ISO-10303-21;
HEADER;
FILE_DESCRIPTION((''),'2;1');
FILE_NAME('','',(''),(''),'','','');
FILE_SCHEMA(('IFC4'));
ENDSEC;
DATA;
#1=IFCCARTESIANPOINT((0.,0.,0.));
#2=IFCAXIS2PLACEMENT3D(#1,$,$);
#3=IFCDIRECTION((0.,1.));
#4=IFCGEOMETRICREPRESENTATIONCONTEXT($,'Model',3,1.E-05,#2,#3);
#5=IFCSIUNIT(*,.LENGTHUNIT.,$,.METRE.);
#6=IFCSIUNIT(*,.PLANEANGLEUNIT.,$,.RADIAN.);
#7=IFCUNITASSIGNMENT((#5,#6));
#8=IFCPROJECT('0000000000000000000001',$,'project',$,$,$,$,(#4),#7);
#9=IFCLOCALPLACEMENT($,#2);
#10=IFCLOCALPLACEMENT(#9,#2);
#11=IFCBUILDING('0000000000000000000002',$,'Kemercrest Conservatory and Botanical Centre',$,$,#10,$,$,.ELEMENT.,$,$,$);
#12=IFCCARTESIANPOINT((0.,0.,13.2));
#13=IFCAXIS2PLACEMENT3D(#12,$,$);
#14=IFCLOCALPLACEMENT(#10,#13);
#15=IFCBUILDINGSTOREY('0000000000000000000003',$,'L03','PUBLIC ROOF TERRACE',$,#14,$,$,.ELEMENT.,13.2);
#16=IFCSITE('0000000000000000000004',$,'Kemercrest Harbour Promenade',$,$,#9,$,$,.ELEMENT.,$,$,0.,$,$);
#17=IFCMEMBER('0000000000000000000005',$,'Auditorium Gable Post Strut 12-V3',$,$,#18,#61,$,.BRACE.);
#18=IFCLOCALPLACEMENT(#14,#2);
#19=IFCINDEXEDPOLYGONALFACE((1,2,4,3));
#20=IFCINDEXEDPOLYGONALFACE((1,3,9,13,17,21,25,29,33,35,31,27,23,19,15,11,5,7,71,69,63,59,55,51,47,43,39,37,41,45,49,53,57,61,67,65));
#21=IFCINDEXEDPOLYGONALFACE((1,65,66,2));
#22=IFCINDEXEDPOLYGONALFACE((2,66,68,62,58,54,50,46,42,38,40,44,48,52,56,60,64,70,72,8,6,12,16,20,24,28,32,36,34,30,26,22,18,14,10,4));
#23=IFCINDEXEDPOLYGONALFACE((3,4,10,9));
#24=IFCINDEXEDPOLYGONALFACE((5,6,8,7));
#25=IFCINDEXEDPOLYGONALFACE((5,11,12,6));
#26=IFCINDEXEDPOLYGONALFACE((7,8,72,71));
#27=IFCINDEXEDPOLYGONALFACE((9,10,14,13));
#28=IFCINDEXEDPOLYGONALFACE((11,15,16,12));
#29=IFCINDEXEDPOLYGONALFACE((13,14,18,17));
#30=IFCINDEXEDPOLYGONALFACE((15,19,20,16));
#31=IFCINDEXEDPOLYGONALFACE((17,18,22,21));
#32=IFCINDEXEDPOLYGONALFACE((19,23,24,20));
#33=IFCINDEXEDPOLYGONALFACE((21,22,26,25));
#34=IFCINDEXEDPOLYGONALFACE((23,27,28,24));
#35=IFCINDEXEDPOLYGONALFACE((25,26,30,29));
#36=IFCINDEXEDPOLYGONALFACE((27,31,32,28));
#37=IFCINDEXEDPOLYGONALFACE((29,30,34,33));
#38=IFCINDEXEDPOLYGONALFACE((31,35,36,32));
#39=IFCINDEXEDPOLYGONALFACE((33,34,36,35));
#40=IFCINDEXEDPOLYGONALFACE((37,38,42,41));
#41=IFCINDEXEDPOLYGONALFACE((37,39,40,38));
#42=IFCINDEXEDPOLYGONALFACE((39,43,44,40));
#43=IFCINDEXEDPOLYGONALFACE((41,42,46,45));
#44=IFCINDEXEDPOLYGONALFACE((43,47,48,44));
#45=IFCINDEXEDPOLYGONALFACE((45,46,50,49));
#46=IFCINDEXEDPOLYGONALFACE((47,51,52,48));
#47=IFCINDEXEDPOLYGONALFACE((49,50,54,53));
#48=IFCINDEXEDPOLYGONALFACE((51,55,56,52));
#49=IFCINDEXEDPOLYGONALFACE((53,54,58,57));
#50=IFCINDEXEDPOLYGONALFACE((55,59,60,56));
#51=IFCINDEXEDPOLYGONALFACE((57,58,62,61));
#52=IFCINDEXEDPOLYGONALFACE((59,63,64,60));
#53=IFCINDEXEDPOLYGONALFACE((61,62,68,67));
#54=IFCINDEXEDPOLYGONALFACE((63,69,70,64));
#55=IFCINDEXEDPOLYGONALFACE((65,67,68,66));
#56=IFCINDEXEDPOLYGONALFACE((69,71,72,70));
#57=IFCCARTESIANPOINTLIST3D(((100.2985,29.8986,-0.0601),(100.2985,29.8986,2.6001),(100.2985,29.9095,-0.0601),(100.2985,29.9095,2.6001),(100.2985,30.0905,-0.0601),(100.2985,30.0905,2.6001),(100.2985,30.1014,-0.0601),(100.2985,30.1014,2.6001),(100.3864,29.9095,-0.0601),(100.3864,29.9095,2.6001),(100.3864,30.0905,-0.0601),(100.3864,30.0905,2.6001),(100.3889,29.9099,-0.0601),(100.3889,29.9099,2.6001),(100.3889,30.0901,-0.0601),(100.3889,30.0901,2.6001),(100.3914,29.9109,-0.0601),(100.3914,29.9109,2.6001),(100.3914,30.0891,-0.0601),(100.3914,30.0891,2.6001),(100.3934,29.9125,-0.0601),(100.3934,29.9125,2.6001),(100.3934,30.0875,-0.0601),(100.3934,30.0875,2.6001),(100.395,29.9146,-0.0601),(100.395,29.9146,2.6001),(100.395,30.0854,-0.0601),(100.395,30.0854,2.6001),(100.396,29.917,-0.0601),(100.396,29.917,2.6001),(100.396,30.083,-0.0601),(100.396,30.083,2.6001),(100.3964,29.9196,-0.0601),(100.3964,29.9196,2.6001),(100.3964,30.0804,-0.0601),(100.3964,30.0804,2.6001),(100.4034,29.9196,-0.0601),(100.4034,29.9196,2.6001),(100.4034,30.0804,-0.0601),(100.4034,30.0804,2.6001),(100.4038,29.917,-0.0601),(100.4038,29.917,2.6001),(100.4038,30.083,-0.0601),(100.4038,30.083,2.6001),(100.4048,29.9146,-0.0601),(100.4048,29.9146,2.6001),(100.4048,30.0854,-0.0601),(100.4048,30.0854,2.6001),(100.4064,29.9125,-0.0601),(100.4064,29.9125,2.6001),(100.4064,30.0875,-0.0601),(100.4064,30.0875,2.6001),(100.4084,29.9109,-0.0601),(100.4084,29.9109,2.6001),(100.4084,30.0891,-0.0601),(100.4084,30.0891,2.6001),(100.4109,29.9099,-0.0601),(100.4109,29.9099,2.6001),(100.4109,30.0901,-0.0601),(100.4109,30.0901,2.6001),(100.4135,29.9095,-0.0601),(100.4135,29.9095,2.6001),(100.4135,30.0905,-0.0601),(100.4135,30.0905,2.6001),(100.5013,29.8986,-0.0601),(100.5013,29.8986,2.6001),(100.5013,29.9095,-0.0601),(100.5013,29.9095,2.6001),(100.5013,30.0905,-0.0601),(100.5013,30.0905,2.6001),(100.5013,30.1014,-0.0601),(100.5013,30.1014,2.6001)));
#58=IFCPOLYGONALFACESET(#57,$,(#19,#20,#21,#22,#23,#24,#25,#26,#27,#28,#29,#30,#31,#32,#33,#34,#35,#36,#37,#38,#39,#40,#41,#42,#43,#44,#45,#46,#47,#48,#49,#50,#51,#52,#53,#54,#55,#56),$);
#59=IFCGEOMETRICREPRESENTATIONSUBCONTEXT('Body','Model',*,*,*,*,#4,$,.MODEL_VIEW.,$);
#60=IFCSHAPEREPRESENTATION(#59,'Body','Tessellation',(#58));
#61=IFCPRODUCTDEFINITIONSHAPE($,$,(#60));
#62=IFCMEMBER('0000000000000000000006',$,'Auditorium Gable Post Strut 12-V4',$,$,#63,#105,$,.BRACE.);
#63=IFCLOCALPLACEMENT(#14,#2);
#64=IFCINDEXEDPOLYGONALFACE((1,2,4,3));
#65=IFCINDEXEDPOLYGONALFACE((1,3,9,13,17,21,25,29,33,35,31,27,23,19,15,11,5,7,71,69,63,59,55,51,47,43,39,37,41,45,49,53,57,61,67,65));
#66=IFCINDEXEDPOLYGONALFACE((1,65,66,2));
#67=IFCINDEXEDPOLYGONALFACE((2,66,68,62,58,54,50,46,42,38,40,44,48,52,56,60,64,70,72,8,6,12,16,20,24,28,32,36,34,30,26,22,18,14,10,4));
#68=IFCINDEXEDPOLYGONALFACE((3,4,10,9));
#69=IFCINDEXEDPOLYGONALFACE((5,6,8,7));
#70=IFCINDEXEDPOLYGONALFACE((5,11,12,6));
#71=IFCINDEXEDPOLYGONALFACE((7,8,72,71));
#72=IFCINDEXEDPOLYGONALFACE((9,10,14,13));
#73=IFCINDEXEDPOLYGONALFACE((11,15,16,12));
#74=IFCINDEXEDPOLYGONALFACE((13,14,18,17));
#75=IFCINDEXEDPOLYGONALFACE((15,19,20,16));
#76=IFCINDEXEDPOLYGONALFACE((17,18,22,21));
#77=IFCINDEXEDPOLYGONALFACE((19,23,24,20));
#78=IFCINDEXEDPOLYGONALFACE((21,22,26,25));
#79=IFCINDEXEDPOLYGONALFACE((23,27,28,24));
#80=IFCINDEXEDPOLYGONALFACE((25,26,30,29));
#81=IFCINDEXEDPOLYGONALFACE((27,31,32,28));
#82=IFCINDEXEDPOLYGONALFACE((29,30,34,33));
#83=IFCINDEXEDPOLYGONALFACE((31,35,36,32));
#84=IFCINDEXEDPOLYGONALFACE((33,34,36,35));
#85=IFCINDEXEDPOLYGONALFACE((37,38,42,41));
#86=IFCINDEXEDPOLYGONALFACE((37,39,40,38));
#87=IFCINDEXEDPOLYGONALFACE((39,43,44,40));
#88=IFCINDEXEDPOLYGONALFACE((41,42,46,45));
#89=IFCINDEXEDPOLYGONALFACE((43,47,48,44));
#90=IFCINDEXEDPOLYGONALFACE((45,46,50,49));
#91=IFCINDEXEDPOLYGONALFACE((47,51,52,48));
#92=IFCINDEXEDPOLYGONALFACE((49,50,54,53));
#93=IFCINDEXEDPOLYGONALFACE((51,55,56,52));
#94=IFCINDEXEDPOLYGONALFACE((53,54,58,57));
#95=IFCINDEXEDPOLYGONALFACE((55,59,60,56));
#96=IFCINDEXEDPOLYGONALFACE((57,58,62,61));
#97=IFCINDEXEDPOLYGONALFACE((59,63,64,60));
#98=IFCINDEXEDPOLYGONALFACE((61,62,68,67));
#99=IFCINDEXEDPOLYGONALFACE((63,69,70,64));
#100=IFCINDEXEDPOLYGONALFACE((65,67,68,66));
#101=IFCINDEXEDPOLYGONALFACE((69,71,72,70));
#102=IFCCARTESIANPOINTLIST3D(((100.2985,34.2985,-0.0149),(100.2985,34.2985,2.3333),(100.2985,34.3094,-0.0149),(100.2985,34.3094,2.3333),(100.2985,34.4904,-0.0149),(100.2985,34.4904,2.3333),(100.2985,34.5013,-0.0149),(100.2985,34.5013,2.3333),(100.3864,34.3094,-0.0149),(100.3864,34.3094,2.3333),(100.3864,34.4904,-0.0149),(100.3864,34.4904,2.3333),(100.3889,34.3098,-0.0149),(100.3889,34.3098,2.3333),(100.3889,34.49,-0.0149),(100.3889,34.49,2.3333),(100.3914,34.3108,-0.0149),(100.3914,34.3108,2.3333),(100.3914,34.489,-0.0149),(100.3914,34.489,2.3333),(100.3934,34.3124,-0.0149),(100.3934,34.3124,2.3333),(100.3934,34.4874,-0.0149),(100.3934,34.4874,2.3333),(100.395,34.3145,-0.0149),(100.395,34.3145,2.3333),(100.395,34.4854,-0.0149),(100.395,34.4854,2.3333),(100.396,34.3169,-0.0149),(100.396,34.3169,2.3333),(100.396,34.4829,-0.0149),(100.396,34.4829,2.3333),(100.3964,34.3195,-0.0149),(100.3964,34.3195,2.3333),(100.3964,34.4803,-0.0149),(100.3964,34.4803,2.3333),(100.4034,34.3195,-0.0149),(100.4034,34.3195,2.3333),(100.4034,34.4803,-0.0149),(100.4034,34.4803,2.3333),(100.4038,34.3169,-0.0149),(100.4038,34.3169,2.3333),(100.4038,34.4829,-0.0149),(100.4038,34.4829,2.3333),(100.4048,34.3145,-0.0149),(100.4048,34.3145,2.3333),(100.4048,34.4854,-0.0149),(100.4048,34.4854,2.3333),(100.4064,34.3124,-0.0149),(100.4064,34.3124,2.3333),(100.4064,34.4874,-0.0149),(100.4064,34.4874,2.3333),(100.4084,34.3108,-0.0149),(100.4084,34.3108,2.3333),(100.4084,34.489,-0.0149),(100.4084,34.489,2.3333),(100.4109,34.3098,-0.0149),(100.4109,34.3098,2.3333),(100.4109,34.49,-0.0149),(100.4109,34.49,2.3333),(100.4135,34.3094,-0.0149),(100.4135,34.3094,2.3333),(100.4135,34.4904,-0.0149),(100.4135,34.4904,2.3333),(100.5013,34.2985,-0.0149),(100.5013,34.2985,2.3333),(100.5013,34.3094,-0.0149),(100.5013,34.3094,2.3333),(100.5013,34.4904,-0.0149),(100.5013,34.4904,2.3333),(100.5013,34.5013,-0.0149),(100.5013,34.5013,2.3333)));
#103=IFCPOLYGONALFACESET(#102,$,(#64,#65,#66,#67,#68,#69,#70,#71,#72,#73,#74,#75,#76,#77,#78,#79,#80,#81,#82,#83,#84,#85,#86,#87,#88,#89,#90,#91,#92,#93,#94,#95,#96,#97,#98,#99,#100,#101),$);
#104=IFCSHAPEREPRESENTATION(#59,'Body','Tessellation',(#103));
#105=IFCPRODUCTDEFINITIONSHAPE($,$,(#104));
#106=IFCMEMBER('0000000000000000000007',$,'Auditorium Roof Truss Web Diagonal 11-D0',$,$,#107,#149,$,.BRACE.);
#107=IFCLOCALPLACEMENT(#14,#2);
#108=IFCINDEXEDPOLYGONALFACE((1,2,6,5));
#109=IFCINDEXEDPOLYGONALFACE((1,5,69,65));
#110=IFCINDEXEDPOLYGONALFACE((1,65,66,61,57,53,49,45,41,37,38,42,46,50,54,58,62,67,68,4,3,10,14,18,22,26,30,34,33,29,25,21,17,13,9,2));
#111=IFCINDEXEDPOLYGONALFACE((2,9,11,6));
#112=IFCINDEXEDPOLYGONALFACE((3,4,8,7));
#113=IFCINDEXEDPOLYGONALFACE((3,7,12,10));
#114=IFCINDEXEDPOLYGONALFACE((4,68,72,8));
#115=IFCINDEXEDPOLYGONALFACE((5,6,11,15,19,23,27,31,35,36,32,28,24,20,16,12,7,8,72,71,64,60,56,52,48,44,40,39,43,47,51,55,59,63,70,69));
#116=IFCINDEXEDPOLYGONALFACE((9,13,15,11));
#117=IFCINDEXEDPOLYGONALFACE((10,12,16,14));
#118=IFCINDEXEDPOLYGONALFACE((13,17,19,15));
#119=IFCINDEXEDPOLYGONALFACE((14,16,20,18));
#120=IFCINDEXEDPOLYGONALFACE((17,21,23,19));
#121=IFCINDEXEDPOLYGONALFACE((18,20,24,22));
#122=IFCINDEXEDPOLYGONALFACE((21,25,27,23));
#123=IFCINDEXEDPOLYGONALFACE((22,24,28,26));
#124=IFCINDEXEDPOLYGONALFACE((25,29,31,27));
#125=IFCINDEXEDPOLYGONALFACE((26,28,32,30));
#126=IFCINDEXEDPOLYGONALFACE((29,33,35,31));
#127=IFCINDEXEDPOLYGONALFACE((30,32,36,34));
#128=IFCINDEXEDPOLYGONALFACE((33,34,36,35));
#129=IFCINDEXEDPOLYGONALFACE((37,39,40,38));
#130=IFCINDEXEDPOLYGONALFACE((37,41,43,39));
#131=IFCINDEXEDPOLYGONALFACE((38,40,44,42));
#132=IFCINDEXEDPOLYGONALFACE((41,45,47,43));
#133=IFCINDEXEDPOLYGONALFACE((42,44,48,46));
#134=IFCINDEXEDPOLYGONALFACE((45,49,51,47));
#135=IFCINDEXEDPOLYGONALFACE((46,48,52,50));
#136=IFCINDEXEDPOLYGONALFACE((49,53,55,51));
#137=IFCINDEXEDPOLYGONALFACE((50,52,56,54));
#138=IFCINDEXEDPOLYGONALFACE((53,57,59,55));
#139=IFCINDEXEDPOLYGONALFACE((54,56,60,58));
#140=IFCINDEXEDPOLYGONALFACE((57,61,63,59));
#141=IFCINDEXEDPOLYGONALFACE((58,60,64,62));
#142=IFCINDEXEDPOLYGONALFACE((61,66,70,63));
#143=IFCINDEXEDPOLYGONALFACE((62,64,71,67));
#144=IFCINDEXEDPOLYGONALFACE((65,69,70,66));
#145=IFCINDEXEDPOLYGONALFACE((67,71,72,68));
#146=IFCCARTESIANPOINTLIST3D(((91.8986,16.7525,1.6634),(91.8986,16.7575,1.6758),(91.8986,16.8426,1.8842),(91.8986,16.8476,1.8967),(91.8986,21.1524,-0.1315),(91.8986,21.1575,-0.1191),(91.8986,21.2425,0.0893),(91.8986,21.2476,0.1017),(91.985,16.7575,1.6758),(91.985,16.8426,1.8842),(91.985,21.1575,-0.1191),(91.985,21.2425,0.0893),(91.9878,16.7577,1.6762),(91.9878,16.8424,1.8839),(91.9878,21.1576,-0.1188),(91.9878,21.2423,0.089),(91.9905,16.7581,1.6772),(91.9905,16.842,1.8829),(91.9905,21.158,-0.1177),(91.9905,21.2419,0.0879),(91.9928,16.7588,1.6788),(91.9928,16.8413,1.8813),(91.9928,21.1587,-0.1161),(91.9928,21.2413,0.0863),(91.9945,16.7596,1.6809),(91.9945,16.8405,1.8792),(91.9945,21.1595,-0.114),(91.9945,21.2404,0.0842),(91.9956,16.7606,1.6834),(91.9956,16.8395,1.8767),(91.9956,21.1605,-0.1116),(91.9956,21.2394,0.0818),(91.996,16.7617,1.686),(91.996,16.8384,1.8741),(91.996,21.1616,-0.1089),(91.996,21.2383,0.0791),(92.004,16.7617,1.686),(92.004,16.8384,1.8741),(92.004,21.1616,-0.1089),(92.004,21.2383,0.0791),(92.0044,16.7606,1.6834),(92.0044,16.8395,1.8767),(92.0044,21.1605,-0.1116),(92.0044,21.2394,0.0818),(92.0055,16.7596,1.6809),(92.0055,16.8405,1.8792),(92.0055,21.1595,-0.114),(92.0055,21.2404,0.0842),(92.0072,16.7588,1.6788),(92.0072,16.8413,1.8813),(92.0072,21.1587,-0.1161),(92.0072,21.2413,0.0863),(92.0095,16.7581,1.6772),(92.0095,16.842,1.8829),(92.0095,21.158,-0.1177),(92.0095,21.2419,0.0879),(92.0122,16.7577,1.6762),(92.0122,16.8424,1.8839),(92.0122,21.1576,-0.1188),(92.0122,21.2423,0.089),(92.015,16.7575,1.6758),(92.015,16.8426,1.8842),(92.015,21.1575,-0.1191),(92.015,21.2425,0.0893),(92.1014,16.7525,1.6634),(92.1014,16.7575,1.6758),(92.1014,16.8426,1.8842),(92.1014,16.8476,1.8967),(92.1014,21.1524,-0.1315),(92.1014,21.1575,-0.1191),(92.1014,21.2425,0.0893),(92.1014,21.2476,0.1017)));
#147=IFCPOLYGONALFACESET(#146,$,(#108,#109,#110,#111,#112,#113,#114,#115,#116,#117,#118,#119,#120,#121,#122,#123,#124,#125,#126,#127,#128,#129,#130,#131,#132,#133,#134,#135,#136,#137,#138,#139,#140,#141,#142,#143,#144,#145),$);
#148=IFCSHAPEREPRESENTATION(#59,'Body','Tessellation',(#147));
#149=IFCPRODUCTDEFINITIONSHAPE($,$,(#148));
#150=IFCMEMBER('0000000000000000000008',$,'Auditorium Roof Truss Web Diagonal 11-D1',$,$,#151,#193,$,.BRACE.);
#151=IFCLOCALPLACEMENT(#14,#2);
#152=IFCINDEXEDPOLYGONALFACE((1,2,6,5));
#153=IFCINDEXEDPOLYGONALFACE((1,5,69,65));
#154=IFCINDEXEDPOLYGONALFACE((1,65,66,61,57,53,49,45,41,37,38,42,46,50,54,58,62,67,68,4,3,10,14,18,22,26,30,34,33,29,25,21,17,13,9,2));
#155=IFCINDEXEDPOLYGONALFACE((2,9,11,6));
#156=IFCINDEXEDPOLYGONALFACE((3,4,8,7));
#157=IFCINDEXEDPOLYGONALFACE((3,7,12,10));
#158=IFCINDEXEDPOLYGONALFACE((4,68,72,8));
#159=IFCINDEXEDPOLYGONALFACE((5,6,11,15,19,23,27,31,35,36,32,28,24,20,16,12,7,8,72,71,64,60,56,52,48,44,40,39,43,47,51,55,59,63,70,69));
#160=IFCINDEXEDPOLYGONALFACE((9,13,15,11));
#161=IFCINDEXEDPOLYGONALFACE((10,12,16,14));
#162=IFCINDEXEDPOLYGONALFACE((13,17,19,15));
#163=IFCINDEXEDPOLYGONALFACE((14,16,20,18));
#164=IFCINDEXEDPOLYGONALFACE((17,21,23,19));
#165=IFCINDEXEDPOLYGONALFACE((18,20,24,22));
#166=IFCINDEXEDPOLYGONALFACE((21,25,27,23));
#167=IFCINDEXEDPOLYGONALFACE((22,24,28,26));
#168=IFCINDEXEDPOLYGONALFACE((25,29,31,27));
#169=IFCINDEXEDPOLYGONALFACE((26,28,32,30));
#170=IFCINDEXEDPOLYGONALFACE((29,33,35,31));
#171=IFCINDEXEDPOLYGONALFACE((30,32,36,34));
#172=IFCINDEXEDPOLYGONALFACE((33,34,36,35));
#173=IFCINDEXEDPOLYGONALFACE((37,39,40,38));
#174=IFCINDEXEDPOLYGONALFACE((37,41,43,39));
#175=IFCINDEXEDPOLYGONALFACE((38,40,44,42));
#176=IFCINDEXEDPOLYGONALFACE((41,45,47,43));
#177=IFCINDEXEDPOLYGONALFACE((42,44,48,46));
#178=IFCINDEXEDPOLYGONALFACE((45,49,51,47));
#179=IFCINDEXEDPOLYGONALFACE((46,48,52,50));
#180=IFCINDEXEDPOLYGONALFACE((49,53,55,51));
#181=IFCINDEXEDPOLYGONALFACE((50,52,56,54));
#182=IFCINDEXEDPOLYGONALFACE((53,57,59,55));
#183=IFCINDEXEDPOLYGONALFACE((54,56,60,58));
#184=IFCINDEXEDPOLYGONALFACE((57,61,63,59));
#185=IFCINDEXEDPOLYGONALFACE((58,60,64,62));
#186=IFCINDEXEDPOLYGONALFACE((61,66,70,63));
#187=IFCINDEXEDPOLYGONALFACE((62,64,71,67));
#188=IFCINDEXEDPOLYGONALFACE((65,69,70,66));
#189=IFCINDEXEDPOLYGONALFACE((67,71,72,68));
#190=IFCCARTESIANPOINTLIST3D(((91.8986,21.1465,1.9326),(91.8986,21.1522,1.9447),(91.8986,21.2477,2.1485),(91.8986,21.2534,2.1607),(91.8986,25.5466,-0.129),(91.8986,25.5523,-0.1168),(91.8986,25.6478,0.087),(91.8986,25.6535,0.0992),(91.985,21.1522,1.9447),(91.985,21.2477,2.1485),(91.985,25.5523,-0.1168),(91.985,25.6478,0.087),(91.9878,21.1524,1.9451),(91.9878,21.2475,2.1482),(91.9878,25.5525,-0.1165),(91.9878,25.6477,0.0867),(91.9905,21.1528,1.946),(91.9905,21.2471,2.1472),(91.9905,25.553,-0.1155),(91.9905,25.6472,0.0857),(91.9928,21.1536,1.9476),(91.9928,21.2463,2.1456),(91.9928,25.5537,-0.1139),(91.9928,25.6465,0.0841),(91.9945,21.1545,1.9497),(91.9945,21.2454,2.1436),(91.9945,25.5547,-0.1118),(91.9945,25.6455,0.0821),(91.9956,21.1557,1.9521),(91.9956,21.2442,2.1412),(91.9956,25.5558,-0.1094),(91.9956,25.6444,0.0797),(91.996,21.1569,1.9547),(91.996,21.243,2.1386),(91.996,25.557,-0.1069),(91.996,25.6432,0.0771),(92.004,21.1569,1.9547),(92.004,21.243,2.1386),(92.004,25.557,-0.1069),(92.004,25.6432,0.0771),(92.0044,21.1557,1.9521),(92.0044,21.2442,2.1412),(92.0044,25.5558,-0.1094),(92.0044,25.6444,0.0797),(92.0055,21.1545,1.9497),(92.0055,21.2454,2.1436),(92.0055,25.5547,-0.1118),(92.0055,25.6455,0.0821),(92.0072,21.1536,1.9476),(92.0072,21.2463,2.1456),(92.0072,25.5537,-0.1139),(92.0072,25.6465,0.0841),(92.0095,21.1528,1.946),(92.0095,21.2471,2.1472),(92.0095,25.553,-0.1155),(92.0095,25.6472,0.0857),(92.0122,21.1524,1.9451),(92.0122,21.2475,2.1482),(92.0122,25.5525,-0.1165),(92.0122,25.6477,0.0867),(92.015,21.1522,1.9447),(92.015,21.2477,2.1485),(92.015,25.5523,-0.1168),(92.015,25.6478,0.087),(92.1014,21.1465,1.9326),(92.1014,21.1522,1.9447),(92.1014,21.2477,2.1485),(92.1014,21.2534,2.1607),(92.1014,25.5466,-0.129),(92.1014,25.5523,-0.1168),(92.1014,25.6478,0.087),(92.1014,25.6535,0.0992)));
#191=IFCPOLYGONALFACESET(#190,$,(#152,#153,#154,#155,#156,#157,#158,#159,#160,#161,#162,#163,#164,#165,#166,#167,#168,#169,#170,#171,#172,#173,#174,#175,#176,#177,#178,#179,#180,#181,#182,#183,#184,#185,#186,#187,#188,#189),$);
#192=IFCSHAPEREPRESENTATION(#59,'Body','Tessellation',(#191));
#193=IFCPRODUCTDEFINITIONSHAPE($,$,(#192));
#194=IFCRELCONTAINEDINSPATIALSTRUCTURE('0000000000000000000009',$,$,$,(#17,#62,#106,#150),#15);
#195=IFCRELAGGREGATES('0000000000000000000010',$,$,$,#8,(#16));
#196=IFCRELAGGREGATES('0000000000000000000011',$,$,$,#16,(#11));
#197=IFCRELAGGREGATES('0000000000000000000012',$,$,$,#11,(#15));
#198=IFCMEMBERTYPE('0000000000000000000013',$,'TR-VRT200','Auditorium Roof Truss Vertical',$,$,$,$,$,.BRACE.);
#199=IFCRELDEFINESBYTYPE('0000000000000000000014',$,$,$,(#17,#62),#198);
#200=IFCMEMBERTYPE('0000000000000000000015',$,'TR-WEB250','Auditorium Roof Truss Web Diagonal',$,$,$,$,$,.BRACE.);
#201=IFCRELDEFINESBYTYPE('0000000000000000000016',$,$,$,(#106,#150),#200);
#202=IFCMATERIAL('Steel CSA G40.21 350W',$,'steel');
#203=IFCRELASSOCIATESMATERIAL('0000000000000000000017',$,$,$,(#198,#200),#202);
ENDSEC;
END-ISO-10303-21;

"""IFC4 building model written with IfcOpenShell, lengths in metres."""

from ifc_helpers import new_model, si_unit, direction, frame, origin, origin_2d, place, context, subcontext, project, spatial, i_section, extrude, material, material_profile, profile_set, type_object, element, save


model = new_model("IFC4")

# Units and contexts
model_context = context("Model", 3, precision=1e-05, world=origin(), true_north=direction((0.0, 1.0)))
body_context = subcontext(model_context, "Body", "Model", "MODEL_VIEW")
ifc_project = project(units=[si_unit("LENGTHUNIT", "METRE"), si_unit("PLANEANGLEUNIT", "RADIAN")], contexts=[model_context])

# Site, building, storey
site_placement = place(None, origin())
site = spatial("IfcSite", under=ifc_project, at=site_placement, Name="Kemercrest Harbour Promenade", CompositionType="ELEMENT", RefElevation=0.0)
building_placement = place(site_placement, origin())
building = spatial("IfcBuilding", under=site, at=building_placement, Name="Kemercrest Conservatory and Botanical Centre", CompositionType="ELEMENT")
storey_placement = place(building_placement, frame((0.0, 0.0, 13.2)))
storey = spatial("IfcBuildingStorey", under=building, at=storey_placement, Name="L03", Description="PUBLIC ROOF TERRACE", CompositionType="ELEMENT", Elevation=13.2)

# Members
ifc_material = material(Name="Steel CSA G40.21 350W", Category="steel")
ifc_material_profile_1 = material_profile(ifc_material, i_section(OverallWidth=0.2029, OverallDepth=0.2029, WebThickness=0.0071, FlangeThickness=0.011, FilletRadius=0.01, at=origin_2d()), Name="W200X46")
ifc_profile_set_1 = profile_set([ifc_material_profile_1], Name="Steel CSA G40.21 350W")
member_type_1 = type_object("IfcMemberType", Name="TR-VRT200", Description="Auditorium Roof Truss Vertical", PredefinedType="BRACE", material=ifc_profile_set_1)
member_1_placement = place(storey_placement, frame((100.3999, 30.0, -0.0601), z_axis=(0.0, 0.0, 1.0), x_axis=(1.0, 0.0, 0.0)))
element("IfcMember", 1, at=member_1_placement, inside=storey, type_object=member_type_1, Name="Auditorium Gable Post Strut 12-V3", PredefinedType="BRACE", context=body_context, shape_type="SweptSolid", body=[
    extrude(i_section(OverallWidth=0.2029, OverallDepth=0.2029, WebThickness=0.0071, FlangeThickness=0.011, FilletRadius=0.01, at=origin_2d()), origin(), (0.0, 0.0, 1.0), 2.6602),
])
member_2_placement = place(storey_placement, frame((100.3999, 34.3999, -0.0149), z_axis=(0.0, 0.0, 1.0), x_axis=(1.0, 0.0, 0.0)))
element("IfcMember", 2, at=member_2_placement, inside=storey, type_object=member_type_1, Name="Auditorium Gable Post Strut 12-V4", PredefinedType="BRACE", context=body_context, shape_type="SweptSolid", body=[
    extrude(i_section(OverallWidth=0.2029, OverallDepth=0.2029, WebThickness=0.0071, FlangeThickness=0.011, FilletRadius=0.01, at=origin_2d()), origin(), (0.0, 0.0, 1.0), 2.3481),
])
ifc_material_profile_2 = material_profile(ifc_material, i_section(OverallWidth=0.2029, OverallDepth=0.252, WebThickness=0.0081, FlangeThickness=0.0134, FilletRadius=0.011, at=origin_2d()), Name="W250X58")
ifc_profile_set_2 = profile_set([ifc_material_profile_2], Name="Steel CSA G40.21 350W")
member_type_2 = type_object("IfcMemberType", Name="TR-WEB250", Description="Auditorium Roof Truss Web Diagonal", PredefinedType="BRACE", material=ifc_profile_set_2)
member_3_placement = place(storey_placement, frame((92.0, 16.8, 1.78), z_axis=(0.0, 0.925918, -0.377724), x_axis=(-1.0, 0.0, 0.0)))
element("IfcMember", 3, at=member_3_placement, inside=storey, type_object=member_type_2, Name="Auditorium Roof Truss Web Diagonal 11-D0", PredefinedType="BRACE", context=body_context, shape_type="SweptSolid", body=[
    extrude(i_section(OverallWidth=0.2029, OverallDepth=0.252, WebThickness=0.0081, FlangeThickness=0.0134, FilletRadius=0.011, at=origin_2d()), origin(), (0.0, 0.0, 1.0), 4.752),
])
member_4_placement = place(storey_placement, frame((92.0, 21.2, 2.0466), z_axis=(0.0, 0.905542, -0.424258), x_axis=(-1.0, 0.0, 0.0)))
element("IfcMember", 4, at=member_4_placement, inside=storey, type_object=member_type_2, Name="Auditorium Roof Truss Web Diagonal 11-D1", PredefinedType="BRACE", context=body_context, shape_type="SweptSolid", body=[
    extrude(i_section(OverallWidth=0.2029, OverallDepth=0.252, WebThickness=0.0081, FlangeThickness=0.0134, FilletRadius=0.011, at=origin_2d()), origin(), (0.0, 0.0, 1.0), 4.8591),
])

save(model, "model.ifc")
